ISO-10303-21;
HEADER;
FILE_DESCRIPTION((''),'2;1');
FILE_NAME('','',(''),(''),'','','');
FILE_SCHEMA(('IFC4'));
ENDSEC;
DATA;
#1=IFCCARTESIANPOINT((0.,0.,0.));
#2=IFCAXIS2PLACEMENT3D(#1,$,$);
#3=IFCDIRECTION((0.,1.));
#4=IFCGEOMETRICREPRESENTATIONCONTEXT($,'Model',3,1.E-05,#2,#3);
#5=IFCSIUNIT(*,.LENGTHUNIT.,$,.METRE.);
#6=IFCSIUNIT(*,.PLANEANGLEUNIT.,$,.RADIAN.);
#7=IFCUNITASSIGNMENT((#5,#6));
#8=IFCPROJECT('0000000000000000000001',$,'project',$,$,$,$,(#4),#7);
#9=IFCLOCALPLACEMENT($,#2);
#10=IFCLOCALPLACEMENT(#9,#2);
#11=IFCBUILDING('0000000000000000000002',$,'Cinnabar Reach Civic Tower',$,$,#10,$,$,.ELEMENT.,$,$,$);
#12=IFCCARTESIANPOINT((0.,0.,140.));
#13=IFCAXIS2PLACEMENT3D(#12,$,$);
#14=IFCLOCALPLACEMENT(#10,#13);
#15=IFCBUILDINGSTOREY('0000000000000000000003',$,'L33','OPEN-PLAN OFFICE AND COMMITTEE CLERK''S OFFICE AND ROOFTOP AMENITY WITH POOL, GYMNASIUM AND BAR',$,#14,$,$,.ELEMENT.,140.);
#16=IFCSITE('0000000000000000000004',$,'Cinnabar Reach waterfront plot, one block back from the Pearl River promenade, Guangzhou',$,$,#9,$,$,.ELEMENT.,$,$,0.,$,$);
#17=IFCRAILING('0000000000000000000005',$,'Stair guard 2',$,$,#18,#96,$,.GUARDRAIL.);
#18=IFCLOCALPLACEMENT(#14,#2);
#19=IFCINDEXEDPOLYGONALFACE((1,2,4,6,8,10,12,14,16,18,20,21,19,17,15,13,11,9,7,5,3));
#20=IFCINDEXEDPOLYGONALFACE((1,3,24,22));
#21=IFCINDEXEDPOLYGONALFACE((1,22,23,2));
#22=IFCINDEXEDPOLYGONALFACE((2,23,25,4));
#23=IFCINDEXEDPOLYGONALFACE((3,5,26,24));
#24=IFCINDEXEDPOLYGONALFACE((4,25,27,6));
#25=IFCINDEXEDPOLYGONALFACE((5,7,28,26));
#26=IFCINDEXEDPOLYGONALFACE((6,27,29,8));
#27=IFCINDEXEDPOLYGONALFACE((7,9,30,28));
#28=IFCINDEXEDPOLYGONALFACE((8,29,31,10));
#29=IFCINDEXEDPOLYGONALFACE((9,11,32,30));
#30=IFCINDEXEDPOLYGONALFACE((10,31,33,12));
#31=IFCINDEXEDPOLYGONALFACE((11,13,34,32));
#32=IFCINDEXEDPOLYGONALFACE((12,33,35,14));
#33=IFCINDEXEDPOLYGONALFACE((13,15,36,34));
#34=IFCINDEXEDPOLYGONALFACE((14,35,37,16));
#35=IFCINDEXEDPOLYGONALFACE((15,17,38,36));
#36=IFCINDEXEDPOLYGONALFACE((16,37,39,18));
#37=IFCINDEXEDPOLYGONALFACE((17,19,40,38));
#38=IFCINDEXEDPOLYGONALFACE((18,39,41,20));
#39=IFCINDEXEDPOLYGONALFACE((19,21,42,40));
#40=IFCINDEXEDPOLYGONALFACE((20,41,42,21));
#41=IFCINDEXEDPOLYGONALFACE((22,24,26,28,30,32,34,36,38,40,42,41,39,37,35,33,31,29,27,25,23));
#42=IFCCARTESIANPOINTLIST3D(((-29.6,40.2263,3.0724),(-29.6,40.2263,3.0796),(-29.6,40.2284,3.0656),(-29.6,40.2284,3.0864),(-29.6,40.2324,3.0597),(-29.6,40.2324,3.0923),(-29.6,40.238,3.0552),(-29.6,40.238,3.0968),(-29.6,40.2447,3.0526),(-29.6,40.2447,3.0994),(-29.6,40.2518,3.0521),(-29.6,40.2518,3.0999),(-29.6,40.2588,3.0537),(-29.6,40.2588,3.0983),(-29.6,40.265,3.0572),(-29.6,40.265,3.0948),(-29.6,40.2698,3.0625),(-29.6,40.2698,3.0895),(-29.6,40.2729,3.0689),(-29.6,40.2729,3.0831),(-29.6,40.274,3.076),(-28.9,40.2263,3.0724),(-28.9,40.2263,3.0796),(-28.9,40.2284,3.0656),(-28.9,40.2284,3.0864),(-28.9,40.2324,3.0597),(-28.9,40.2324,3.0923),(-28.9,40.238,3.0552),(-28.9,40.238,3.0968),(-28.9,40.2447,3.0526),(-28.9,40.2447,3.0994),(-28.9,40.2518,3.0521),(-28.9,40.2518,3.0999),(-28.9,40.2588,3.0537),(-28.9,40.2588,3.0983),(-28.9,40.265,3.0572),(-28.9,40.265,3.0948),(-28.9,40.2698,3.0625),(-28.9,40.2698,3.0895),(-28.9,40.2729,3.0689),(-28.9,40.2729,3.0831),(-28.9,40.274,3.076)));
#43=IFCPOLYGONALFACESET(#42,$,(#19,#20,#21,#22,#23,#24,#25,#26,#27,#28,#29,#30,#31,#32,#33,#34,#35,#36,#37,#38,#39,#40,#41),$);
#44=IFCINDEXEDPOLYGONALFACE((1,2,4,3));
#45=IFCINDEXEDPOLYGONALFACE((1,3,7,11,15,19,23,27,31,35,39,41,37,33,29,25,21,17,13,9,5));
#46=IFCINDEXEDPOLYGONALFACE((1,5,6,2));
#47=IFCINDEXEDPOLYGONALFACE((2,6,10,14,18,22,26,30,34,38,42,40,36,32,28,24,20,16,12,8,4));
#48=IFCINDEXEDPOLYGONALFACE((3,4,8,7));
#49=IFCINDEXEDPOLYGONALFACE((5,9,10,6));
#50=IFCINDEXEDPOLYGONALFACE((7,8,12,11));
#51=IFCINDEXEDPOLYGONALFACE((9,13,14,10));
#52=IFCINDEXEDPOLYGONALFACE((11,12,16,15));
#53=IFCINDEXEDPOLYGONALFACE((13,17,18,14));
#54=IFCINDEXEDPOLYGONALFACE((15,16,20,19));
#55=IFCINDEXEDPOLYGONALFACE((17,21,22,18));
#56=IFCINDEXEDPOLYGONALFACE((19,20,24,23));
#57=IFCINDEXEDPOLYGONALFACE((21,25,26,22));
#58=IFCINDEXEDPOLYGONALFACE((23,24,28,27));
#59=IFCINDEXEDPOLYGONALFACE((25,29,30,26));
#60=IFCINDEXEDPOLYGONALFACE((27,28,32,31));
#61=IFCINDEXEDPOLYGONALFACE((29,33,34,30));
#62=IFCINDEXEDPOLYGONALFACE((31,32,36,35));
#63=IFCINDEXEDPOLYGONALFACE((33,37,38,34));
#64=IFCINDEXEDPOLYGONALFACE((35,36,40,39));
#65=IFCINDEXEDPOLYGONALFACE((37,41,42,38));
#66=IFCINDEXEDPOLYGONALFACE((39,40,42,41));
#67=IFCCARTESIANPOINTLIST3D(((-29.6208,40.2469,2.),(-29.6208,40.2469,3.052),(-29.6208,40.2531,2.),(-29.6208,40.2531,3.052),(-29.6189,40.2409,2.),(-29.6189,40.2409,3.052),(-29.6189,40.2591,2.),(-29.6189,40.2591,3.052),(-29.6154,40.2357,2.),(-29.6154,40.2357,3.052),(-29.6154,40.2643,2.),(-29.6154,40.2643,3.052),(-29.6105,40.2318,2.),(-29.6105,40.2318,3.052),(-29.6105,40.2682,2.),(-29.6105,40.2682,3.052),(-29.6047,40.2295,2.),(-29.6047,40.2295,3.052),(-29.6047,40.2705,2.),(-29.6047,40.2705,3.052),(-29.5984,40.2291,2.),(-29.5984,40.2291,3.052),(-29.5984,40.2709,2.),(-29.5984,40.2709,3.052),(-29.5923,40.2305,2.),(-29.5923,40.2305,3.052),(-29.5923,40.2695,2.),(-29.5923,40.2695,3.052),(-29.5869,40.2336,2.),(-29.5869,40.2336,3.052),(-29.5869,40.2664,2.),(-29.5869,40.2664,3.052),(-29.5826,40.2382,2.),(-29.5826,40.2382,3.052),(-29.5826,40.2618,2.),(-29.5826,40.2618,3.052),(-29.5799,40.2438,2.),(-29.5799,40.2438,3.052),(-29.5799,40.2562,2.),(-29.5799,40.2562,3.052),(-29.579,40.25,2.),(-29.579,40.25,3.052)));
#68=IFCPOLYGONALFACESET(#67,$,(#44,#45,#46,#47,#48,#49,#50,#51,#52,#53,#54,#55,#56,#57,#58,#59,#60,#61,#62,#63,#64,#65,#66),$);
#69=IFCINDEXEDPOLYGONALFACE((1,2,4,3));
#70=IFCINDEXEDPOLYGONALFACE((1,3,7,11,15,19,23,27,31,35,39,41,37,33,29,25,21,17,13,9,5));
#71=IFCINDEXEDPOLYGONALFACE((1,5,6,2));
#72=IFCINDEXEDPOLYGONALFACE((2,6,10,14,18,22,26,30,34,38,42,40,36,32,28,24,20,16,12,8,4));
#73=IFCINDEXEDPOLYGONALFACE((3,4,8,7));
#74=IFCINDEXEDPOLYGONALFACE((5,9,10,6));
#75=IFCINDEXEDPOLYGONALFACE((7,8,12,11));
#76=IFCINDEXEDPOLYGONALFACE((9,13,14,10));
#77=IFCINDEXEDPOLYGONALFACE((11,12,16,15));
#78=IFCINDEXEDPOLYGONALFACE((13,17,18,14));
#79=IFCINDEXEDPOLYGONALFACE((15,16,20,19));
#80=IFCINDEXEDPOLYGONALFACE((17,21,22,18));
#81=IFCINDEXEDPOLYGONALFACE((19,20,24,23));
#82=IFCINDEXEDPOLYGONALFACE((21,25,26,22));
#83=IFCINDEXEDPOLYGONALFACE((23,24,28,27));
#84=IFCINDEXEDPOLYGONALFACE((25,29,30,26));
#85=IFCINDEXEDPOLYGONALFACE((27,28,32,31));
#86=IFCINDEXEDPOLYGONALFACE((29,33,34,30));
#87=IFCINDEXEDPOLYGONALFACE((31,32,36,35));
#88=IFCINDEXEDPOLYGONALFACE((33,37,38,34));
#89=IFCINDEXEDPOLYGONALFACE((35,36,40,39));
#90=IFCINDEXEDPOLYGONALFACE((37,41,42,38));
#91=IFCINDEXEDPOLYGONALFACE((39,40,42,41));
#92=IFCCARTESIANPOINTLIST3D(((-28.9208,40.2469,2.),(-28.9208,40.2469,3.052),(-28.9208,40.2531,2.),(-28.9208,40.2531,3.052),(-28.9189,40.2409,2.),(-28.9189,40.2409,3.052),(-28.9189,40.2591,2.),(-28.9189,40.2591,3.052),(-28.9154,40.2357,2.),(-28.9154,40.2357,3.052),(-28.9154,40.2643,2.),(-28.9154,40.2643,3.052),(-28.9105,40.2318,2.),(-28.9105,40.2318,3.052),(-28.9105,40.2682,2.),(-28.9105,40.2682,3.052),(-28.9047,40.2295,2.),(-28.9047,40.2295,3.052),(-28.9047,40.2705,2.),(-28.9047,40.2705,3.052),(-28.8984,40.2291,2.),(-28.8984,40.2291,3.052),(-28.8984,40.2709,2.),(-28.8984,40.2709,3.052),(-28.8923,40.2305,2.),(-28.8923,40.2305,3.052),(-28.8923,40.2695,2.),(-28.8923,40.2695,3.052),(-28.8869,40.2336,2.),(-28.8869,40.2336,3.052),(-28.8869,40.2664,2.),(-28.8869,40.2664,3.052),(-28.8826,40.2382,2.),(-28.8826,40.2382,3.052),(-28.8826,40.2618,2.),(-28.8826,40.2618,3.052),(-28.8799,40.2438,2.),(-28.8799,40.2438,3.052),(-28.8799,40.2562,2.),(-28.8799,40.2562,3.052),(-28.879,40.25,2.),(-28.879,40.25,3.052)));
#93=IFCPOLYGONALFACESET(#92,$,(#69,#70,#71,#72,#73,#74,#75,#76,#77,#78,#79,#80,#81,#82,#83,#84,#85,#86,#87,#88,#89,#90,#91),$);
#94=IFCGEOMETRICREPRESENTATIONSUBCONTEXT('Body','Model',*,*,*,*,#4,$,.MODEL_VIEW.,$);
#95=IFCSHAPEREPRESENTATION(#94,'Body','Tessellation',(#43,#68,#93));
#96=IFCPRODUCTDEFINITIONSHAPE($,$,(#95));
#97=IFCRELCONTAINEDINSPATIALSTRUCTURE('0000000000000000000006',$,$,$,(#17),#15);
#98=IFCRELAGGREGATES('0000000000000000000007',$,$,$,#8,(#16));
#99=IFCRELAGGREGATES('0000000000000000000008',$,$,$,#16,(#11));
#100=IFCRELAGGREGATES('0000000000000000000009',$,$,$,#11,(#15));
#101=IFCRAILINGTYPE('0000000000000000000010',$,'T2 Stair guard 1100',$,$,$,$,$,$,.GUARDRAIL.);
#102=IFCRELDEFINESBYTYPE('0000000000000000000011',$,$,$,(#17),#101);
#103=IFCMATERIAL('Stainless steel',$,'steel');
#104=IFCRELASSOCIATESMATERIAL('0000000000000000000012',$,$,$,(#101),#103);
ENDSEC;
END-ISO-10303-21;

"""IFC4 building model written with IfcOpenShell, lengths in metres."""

from ifc_helpers import new_model, si_unit, direction, frame, origin, origin_2d, place, context, subcontext, project, spatial, circle, extrude, material, type_object, element, save


model = new_model("IFC4")

# Units and contexts
model_context = context("Model", 3, precision=1e-05, world=origin(), true_north=direction((0.0, 1.0)))
body_context = subcontext(model_context, "Body", "Model", "MODEL_VIEW")
ifc_project = project(units=[si_unit("LENGTHUNIT", "METRE"), si_unit("PLANEANGLEUNIT", "RADIAN")], contexts=[model_context])

# Site, building, storey
site_placement = place(None, origin())
site = spatial("IfcSite", under=ifc_project, at=site_placement, Name="Cinnabar Reach waterfront plot, one block back from the Pearl River promenade, Guangzhou", CompositionType="ELEMENT", RefElevation=0.0)
building_placement = place(site_placement, origin())
building = spatial("IfcBuilding", under=site, at=building_placement, Name="Cinnabar Reach Civic Tower", CompositionType="ELEMENT")
storey_placement = place(building_placement, frame((0.0, 0.0, 140.0)))
storey = spatial("IfcBuildingStorey", under=building, at=storey_placement, Name="L33", Description="OPEN-PLAN OFFICE AND COMMITTEE CLERK'S OFFICE AND ROOFTOP AMENITY WITH POOL, GYMNASIUM AND BAR", CompositionType="ELEMENT", Elevation=140.0)

# Railing
ifc_material_1 = material(Name="Stainless steel", Category="steel")
railing_type = type_object("IfcRailingType", Name="T2 Stair guard 1100", PredefinedType="GUARDRAIL", material=ifc_material_1)
for number, where, name in (
    (1, (-29.6, 40.25, 2.0), "Stair guard 2"),
):
    element("IfcRailing", number, at=place(storey_placement, frame(where)), inside=storey, type_object=railing_type, Name=name, PredefinedType="GUARDRAIL", context=body_context, shape_type="SweptSolid", body=[
        extrude(circle(Radius=0.024, at=origin_2d()), frame((0.0, 0.0, 1.076), z_axis=(1.0, 0.0, 0.0), x_axis=(0.0, 1.0, 0.0)), (0.0, 0.0, 1.0), 0.7),
        extrude(circle(Radius=0.021, at=origin_2d()), origin(), (0.0, 0.0, 1.0), 1.052),
        extrude(circle(Radius=0.021, at=origin_2d()), frame((0.7, 0.0, 0.0)), (0.0, 0.0, 1.0), 1.052),
    ])

save(model, "model.ifc")
